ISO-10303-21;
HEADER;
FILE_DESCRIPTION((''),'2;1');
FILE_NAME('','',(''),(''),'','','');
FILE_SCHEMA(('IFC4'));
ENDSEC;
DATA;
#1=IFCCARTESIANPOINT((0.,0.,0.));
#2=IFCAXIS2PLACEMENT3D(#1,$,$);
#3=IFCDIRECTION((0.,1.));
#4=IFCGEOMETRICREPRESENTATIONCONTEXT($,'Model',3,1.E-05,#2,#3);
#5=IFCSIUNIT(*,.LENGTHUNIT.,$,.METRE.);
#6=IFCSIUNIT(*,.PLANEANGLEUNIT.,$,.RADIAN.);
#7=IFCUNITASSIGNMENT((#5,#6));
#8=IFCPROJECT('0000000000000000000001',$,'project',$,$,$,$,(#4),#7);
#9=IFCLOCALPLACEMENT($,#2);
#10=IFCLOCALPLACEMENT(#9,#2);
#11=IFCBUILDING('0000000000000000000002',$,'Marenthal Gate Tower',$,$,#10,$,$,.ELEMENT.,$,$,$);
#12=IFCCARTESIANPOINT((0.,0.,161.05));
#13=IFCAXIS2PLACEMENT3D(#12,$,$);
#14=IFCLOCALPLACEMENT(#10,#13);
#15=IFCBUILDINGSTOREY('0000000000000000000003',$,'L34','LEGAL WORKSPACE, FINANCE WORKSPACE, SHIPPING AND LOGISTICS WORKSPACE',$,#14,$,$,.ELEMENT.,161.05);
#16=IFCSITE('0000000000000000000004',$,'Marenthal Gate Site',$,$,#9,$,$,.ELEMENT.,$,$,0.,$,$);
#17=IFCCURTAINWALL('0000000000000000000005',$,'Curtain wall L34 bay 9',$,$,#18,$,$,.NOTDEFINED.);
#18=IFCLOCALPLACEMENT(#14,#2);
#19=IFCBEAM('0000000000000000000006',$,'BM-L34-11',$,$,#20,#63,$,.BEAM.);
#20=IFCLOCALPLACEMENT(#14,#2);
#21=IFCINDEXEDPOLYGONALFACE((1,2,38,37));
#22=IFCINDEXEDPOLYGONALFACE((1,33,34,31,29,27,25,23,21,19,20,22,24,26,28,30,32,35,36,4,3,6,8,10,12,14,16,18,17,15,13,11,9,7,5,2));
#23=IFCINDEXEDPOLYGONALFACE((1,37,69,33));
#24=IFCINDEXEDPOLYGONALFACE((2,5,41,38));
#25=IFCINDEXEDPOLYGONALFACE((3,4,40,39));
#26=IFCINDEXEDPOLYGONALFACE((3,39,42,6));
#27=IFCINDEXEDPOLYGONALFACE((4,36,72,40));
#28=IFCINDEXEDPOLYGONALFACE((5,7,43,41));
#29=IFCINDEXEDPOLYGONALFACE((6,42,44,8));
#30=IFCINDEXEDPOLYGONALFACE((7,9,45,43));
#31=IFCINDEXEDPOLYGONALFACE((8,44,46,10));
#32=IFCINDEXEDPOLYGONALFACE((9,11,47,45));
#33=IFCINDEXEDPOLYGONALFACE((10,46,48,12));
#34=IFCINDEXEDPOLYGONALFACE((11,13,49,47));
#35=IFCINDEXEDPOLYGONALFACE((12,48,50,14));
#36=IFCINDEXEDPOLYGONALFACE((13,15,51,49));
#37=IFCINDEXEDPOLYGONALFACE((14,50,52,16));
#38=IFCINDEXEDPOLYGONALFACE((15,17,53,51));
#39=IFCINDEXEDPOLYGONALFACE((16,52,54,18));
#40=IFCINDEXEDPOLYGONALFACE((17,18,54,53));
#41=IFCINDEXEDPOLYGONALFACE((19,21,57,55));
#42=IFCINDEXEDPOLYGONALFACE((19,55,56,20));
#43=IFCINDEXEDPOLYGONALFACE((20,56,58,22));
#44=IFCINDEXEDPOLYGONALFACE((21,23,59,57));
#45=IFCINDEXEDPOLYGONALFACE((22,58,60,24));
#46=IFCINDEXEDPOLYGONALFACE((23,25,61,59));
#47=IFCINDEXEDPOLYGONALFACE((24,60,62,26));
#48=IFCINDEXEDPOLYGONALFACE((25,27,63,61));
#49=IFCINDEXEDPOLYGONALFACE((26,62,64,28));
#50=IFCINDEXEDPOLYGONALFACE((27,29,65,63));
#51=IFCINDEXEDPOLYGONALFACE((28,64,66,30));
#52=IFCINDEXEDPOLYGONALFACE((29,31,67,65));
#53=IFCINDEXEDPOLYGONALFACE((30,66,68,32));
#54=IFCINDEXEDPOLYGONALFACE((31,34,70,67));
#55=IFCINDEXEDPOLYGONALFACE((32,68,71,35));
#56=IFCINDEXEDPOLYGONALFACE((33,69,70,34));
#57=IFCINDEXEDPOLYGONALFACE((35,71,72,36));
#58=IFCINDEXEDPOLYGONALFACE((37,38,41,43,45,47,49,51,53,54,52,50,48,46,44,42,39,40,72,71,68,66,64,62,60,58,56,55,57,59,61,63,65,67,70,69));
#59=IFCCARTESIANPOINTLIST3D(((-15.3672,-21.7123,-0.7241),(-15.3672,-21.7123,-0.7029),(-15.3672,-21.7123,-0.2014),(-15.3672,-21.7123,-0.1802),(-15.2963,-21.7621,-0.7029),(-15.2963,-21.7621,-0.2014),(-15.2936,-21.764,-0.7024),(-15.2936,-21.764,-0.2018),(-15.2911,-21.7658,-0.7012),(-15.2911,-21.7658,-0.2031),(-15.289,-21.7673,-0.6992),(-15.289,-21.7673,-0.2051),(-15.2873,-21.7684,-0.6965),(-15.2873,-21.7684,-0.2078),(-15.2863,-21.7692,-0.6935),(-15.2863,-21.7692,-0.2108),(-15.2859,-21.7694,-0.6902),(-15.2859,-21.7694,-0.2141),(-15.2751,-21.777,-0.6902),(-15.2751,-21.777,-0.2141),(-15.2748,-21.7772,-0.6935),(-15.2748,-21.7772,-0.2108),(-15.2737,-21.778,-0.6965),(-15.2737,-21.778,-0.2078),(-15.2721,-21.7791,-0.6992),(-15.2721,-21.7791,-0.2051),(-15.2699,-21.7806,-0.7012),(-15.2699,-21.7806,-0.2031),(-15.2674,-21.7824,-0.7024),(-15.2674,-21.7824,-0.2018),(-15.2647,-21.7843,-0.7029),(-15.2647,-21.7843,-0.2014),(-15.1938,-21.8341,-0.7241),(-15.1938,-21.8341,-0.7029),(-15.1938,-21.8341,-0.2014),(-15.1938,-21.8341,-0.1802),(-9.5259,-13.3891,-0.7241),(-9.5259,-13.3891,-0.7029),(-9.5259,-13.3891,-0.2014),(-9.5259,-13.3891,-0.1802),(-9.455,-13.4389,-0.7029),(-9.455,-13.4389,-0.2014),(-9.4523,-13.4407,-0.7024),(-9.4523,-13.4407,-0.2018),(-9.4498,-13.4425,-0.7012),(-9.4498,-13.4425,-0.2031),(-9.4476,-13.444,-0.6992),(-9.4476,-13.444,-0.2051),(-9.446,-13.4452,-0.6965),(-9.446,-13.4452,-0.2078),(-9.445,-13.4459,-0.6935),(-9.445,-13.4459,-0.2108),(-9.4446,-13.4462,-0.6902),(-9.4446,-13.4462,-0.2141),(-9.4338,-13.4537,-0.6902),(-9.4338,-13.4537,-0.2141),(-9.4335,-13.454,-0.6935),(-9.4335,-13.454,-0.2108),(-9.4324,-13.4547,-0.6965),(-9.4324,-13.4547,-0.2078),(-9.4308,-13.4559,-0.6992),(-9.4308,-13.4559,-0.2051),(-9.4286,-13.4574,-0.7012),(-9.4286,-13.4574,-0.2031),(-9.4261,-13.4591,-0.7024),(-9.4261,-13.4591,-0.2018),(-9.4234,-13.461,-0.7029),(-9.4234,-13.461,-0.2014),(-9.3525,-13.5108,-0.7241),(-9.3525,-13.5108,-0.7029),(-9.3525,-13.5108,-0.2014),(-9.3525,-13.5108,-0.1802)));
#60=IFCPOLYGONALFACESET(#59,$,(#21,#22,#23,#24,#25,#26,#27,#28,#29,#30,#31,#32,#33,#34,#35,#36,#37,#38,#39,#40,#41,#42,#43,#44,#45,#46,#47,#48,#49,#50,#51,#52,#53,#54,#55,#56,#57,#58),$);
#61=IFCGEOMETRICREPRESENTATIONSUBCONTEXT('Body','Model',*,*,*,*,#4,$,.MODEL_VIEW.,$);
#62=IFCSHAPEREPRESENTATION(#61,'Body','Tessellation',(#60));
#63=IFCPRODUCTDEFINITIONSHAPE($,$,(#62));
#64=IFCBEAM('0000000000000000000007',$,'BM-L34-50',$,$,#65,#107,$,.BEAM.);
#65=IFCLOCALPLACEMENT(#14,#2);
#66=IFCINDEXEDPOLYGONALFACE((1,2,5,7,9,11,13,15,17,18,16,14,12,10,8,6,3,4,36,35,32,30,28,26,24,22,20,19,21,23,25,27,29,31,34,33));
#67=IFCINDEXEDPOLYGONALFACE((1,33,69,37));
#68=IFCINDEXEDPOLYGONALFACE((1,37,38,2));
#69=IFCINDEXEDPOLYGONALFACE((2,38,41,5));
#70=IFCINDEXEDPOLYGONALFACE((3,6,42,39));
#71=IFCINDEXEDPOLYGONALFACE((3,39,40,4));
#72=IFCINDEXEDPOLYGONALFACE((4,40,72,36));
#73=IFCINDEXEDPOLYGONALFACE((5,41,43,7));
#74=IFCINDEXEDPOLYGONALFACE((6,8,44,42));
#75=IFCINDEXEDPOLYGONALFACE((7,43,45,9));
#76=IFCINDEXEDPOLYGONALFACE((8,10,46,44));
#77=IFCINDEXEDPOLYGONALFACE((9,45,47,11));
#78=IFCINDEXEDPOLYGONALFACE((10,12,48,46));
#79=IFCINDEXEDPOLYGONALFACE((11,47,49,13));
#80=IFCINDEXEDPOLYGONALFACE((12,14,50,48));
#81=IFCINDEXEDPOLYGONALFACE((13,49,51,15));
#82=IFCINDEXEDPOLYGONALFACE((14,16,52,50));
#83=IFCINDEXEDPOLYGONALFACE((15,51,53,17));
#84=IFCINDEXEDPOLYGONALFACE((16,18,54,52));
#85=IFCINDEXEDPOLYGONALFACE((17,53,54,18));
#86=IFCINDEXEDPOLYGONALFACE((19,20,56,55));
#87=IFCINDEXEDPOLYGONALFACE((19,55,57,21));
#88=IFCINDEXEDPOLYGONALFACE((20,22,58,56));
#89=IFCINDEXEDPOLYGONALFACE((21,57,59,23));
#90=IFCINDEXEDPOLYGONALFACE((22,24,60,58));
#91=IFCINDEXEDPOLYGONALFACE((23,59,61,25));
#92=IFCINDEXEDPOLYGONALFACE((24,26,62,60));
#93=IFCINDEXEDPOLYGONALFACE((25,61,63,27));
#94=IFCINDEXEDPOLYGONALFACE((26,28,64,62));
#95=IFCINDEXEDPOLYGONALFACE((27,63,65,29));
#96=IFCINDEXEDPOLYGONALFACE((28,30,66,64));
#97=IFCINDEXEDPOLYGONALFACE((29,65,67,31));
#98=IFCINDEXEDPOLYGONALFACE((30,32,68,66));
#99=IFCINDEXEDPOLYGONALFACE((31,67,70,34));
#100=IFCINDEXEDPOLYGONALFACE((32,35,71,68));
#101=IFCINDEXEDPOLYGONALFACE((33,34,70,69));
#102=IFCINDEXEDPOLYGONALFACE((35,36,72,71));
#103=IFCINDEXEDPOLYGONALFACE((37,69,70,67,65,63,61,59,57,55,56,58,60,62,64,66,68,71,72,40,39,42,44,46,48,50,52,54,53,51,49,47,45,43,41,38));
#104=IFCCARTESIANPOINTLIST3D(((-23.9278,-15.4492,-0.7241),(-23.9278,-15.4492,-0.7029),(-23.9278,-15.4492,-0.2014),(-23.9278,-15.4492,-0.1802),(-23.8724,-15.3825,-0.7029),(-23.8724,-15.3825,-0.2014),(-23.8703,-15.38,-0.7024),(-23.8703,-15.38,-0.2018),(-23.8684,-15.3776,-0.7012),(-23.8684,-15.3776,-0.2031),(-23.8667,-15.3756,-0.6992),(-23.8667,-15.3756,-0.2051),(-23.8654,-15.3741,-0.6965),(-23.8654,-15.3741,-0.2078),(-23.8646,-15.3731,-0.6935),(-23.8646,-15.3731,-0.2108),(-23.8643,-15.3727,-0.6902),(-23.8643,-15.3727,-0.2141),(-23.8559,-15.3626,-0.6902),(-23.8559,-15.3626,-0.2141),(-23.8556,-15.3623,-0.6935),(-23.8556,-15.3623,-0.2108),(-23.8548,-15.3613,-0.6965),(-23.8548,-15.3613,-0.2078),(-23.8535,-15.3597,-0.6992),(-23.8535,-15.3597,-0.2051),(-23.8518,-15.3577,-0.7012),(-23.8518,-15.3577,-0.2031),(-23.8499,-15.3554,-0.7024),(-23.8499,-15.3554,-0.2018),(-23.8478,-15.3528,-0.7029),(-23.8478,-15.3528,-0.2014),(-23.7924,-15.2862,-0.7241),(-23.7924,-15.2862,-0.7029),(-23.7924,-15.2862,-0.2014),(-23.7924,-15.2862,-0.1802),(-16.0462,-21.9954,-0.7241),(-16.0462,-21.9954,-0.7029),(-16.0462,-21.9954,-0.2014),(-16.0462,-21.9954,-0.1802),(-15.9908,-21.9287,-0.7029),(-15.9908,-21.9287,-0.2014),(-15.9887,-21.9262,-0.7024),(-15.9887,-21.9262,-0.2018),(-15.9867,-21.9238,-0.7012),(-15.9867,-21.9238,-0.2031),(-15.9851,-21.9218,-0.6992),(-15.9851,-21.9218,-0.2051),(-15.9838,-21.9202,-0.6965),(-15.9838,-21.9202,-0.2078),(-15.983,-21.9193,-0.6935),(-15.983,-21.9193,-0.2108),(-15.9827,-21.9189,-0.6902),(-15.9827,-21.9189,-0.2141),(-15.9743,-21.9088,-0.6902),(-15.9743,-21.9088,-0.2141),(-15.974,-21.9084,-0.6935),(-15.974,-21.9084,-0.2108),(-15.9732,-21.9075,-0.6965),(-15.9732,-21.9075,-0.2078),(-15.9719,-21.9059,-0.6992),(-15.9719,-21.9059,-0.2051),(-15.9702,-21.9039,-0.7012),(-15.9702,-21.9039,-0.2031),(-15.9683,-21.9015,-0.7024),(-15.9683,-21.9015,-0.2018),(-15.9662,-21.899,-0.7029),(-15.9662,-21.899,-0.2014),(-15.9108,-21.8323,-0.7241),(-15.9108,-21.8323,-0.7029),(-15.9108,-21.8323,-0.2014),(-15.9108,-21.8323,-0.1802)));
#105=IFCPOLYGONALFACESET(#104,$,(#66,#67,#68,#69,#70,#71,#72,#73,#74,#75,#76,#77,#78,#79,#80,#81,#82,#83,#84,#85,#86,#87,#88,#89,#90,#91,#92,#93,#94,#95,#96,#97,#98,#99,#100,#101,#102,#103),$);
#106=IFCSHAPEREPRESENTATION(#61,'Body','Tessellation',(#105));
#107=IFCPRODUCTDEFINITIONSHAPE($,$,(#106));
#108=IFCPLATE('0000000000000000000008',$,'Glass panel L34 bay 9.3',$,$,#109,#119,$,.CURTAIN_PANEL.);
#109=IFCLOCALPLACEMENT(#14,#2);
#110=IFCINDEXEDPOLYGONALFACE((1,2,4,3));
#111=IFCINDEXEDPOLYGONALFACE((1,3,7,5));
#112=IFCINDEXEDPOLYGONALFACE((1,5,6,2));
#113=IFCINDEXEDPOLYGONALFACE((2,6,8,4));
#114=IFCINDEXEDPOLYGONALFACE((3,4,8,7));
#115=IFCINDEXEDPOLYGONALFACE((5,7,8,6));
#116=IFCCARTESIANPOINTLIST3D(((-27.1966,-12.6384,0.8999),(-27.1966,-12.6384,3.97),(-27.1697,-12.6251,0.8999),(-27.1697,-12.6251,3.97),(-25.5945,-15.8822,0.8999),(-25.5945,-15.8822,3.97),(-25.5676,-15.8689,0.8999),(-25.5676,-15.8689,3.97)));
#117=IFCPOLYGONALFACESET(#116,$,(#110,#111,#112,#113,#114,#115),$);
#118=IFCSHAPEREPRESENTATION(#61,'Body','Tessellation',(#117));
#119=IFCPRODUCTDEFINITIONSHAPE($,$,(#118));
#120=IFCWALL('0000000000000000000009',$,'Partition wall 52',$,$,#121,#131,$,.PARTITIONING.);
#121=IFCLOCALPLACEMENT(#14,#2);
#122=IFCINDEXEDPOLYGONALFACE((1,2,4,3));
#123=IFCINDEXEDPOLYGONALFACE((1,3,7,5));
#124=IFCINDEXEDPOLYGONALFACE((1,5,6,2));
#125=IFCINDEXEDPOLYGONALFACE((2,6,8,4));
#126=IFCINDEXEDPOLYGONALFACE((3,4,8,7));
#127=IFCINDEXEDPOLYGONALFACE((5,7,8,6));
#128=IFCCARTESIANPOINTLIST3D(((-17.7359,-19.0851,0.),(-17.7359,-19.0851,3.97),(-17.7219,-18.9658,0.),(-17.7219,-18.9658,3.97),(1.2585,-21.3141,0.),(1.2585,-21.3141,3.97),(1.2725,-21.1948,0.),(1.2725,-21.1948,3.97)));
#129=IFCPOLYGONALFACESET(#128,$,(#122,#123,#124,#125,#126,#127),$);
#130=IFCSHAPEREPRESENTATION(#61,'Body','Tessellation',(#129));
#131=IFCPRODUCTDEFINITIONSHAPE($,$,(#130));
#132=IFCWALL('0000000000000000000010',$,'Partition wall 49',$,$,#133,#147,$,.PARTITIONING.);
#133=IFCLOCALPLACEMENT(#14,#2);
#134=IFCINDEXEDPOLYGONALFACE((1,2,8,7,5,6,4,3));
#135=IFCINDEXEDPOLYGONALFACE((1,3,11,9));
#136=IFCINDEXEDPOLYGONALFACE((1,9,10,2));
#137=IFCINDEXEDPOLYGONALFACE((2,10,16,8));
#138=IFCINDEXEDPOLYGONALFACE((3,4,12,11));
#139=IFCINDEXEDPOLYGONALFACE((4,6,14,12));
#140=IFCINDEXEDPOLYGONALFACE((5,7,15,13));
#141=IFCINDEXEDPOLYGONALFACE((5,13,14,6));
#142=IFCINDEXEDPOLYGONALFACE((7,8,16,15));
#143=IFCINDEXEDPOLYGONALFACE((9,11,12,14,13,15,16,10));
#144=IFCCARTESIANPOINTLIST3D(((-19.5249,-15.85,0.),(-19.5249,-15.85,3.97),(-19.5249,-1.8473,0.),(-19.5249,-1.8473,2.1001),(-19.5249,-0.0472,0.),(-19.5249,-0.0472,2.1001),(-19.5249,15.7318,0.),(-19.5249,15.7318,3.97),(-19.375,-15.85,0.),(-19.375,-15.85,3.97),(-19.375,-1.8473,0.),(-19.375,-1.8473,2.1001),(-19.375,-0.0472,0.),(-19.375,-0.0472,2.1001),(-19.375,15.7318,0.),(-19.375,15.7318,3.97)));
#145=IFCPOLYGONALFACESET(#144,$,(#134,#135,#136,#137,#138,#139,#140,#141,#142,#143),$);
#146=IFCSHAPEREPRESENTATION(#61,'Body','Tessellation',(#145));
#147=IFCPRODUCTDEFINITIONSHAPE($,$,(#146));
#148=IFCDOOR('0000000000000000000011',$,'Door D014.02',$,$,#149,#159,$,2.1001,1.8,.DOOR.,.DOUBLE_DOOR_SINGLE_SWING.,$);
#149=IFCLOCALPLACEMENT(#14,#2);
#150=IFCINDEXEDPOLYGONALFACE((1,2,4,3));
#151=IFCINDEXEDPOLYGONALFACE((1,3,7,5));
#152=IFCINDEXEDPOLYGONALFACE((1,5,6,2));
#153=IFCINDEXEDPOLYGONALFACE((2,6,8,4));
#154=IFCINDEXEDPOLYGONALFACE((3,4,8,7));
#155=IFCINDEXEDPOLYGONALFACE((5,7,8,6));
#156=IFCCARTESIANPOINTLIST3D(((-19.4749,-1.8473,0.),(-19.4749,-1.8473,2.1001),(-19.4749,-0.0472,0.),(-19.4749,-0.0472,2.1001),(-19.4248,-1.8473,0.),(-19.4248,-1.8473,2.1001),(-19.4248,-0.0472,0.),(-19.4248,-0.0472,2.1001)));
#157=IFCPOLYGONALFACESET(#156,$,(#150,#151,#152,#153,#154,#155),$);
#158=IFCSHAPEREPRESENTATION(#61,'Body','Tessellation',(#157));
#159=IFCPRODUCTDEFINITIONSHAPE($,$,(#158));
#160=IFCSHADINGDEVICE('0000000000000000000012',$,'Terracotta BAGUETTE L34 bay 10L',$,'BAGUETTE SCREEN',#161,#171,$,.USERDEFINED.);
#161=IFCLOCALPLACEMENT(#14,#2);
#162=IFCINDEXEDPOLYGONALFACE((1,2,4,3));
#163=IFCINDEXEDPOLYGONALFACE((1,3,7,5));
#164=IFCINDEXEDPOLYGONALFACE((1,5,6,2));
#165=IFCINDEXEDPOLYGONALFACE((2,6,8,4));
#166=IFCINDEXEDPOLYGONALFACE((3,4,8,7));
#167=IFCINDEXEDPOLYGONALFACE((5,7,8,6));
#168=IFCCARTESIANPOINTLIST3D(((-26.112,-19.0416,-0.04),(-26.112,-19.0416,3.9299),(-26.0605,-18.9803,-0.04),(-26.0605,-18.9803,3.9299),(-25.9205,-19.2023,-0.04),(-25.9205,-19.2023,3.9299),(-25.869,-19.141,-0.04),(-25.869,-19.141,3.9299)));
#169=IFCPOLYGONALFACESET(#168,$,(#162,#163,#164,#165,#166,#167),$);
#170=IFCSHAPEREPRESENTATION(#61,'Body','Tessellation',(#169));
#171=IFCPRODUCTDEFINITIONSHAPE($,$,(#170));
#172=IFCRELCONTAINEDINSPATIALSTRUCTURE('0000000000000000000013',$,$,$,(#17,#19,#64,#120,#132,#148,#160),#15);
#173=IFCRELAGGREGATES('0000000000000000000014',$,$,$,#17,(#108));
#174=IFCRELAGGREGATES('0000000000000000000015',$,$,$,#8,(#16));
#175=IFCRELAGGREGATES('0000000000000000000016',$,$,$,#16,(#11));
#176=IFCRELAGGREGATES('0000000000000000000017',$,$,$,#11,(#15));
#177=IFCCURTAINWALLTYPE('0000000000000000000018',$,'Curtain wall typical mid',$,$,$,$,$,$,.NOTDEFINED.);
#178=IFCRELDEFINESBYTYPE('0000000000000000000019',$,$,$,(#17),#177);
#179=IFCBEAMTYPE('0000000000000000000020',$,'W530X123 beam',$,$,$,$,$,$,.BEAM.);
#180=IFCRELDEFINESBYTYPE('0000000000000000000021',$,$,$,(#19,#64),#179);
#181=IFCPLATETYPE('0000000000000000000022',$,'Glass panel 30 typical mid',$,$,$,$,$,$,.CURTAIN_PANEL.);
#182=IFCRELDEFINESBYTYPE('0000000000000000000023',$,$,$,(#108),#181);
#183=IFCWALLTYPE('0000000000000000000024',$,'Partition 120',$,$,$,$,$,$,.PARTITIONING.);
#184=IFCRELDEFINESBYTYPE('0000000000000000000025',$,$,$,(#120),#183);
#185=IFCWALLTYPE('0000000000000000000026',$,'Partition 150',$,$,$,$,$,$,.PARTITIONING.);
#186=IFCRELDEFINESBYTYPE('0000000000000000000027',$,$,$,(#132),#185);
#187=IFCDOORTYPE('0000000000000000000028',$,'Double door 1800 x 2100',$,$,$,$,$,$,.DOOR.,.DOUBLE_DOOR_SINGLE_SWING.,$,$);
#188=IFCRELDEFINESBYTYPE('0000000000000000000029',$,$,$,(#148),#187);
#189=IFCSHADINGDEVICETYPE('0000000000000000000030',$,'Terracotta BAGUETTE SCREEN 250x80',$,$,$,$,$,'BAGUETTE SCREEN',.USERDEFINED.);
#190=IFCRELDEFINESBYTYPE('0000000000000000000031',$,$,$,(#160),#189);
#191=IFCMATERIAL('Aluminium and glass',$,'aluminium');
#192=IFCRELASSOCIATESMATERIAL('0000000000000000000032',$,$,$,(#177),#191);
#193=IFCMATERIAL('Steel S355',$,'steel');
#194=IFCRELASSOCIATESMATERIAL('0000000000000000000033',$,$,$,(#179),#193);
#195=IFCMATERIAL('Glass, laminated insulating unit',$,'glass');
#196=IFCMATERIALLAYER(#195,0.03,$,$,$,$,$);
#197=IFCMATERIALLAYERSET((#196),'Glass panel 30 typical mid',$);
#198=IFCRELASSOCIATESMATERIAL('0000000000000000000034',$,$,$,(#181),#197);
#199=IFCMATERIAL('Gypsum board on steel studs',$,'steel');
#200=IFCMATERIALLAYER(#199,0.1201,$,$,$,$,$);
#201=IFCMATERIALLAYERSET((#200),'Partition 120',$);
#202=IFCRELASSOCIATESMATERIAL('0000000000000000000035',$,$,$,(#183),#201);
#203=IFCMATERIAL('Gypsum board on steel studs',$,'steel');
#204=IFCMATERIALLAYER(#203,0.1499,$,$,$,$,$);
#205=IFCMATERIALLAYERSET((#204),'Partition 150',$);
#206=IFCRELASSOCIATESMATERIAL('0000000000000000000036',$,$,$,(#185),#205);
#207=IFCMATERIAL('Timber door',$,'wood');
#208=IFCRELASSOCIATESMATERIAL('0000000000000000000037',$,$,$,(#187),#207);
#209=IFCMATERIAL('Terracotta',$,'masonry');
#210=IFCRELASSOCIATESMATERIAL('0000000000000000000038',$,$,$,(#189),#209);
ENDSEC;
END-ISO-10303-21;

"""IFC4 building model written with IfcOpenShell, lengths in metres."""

from ifc_helpers import new_model, si_unit, direction, frame, frame_2d, origin, origin_2d, place, context, subcontext, project, spatial, rectangle, i_section, extrude, material, layer, layer_set, material_profile, profile_set, type_object, element, fill, aggregate, save


model = new_model("IFC4")

# Units and contexts
model_context = context("Model", 3, precision=1e-05, world=origin(), true_north=direction((0.0, 1.0)))
body_context = subcontext(model_context, "Body", "Model", "MODEL_VIEW")
ifc_project = project(units=[si_unit("LENGTHUNIT", "METRE"), si_unit("PLANEANGLEUNIT", "RADIAN")], contexts=[model_context])

# Site, building, storey
site_placement = place(None, origin())
site = spatial("IfcSite", under=ifc_project, at=site_placement, Name="Marenthal Gate Site", CompositionType="ELEMENT", RefElevation=0.0)
building_placement = place(site_placement, origin())
building = spatial("IfcBuilding", under=site, at=building_placement, Name="Marenthal Gate Tower", CompositionType="ELEMENT")
storey_placement = place(building_placement, frame((0.0, 0.0, 161.05)))
storey = spatial("IfcBuildingStorey", under=building, at=storey_placement, Name="L34", Description="LEGAL WORKSPACE, FINANCE WORKSPACE, SHIPPING AND LOGISTICS WORKSPACE", CompositionType="ELEMENT", Elevation=161.05)

# Curtain wall
ifc_material_1 = material(Name="Aluminium and glass", Category="aluminium")
curtain_wall_type = type_object("IfcCurtainWallType", Name="Curtain wall typical mid", PredefinedType="NOTDEFINED", material=ifc_material_1)
curtain_wall_1_placement = place(storey_placement, origin())
curtain_wall_1 = element("IfcCurtainWall", 1, at=curtain_wall_1_placement, inside=storey, type_object=curtain_wall_type, Name="Curtain wall L34 bay 9", PredefinedType="NOTDEFINED")

# Beams
ifc_material_2 = material(Name="Steel S355", Category="steel")
ifc_material_profile_1 = material_profile(ifc_material_2, i_section(OverallWidth=0.2119, OverallDepth=0.5439, WebThickness=0.0132, FlangeThickness=0.0212, FilletRadius=0.0127, at=origin_2d()), Name="W530X123")
ifc_profile_set_1 = profile_set([ifc_material_profile_1], Name="Steel S355")
beam_type_1 = type_object("IfcBeamType", Name="W530X123 beam", PredefinedType="BEAM", material=ifc_profile_set_1)
beam_1_placement = place(storey_placement, frame((-15.2805, -21.7732, -0.4521), z_axis=(0.574455, 0.818536, 0.0), x_axis=(-0.818536, 0.574455, 0.0)))
element("IfcBeam", 2, at=beam_1_placement, inside=storey, type_object=beam_type_1, Name="BM-L34-11", PredefinedType="BEAM", context=body_context, shape_type="SweptSolid", body=[
    extrude(i_section(OverallWidth=0.2119, OverallDepth=0.5439, WebThickness=0.0132, FlangeThickness=0.0212, FilletRadius=0.0127, at=origin_2d()), origin(), (0.0, 0.0, 1.0), 10.1685),
])
beam_2_placement = place(storey_placement, frame((-23.8601, -15.3677, -0.4521), z_axis=(0.769269, -0.638925, 0.0), x_axis=(0.638925, 0.769269, 0.0)))
element("IfcBeam", 3, at=beam_2_placement, inside=storey, type_object=beam_type_1, Name="BM-L34-50", PredefinedType="BEAM", context=body_context, shape_type="SweptSolid", body=[
    extrude(i_section(OverallWidth=0.2119, OverallDepth=0.5439, WebThickness=0.0132, FlangeThickness=0.0212, FilletRadius=0.0127, at=origin_2d()), origin(), (0.0, 0.0, 1.0), 10.2456),
])

# Plate
ifc_material_3 = material(Name="Glass, laminated insulating unit", Category="glass")
ifc_layer_1 = layer(ifc_material_3, 0.03)
ifc_layer_set_1 = layer_set([ifc_layer_1], Name="Glass panel 30 typical mid")
plate_type = type_object("IfcPlateType", Name="Glass panel 30 typical mid", PredefinedType="CURTAIN_PANEL", material=ifc_layer_set_1)
plate_placement = place(storey_placement, frame((-26.3821, -14.2537, 0.8999), z_axis=(0.0, 0.0, 1.0), x_axis=(0.442824, -0.896609, 0.0)))
plate = element("IfcPlate", 4, at=plate_placement, type_object=plate_type, Name="Glass panel L34 bay 9.3", PredefinedType="CURTAIN_PANEL", context=body_context, shape_type="SweptSolid", body=[
    extrude(rectangle(XDim=3.6179, YDim=0.03, at=origin_2d()), origin(), (0.0, 0.0, 1.0), 3.0701),
])
aggregate(curtain_wall_1, [plate])

# Wall
ifc_material_4 = material(Name="Gypsum board on steel studs", Category="steel")
ifc_layer_2 = layer(ifc_material_4, 0.1201)
ifc_layer_set_2 = layer_set([ifc_layer_2], Name="Partition 120")
wall_type_1 = type_object("IfcWallType", Name="Partition 120", PredefinedType="PARTITIONING", material=ifc_layer_set_2)
wall_1_placement = place(storey_placement, frame((-17.729, -19.0254, 0.0), z_axis=(0.0, 0.0, 1.0), x_axis=(0.993185, -0.116551, 0.0)))
element("IfcWall", 5, at=wall_1_placement, inside=storey, type_object=wall_type_1, Name="Partition wall 52", PredefinedType="PARTITIONING", context=body_context, shape_type="SweptSolid", body=[
    extrude(rectangle(XDim=19.1248, YDim=0.1201, at=frame_2d((9.5625, 0.0))), origin(), (0.0, 0.0, 1.0), 3.97),
])

# Wall, opening, door
ifc_material_5 = material(Name="Gypsum board on steel studs", Category="steel")
ifc_layer_3 = layer(ifc_material_5, 0.1499)
ifc_layer_set_3 = layer_set([ifc_layer_3], Name="Partition 150")
wall_type_2 = type_object("IfcWallType", Name="Partition 150", PredefinedType="PARTITIONING", material=ifc_layer_set_3)
wall_2_placement = place(storey_placement, frame((-19.45, -15.8501, 0.0), z_axis=(0.0, 0.0, 1.0), x_axis=(0.0, 1.0, 0.0)))
wall_2 = element("IfcWall", 6, at=wall_2_placement, inside=storey, type_object=wall_type_2, Name="Partition wall 49", PredefinedType="PARTITIONING", context=body_context, shape_type="SweptSolid", body=[
    extrude(rectangle(XDim=31.5818, YDim=0.1499, at=frame_2d((15.791, 0.0))), origin(), (0.0, 0.0, 1.0), 3.97),
])
opening_1_placement = place(wall_2_placement, frame((14.0029, 0.0, 0.0)))
opening_1 = element("IfcOpeningElement", 7, at=opening_1_placement, cuts=wall_2, PredefinedType="OPENING", context=body_context, shape_type="SweptSolid", body=[
    extrude(rectangle(XDim=1.8, YDim=2.1001, at=frame_2d((0.8999, 1.05))), frame((0.0, 0.085, 0.0), z_axis=(0.0, -1.0, 0.0), x_axis=(1.0, 0.0, 0.0)), (0.0, 0.0, 1.0), 0.1699),
])
ifc_material_6 = material(Name="Timber door", Category="wood")
door_type_1 = type_object("IfcDoorType", Name="Double door 1800 x 2100", OperationType="DOUBLE_DOOR_SINGLE_SWING", PredefinedType="DOOR", material=ifc_material_6)
door_1_placement = place(opening_1_placement, origin())
door_1 = element("IfcDoor", 8, at=door_1_placement, inside=storey, type_object=door_type_1, Name="Door D014.02", OperationType="DOUBLE_DOOR_SINGLE_SWING", OverallHeight=2.1001, OverallWidth=1.8, PredefinedType="DOOR", context=body_context, shape_type="SweptSolid", body=[
    extrude(rectangle(XDim=1.8, YDim=2.1001, at=frame_2d((0.8999, 1.05))), frame((0.0, 0.0249, 0.0), z_axis=(0.0, -1.0, 0.0), x_axis=(1.0, 0.0, 0.0)), (0.0, 0.0, 1.0), 0.05),
])
fill(opening_1, door_1)

# Shading device
ifc_material_7 = material(Name="Terracotta", Category="masonry")
ifc_material_profile_2 = material_profile(ifc_material_7, rectangle(XDim=0.25, YDim=0.0801, at=origin_2d()), Name="Terracotta baguette 250x80")
ifc_profile_set_2 = profile_set([ifc_material_profile_2], Name="Terracotta")
shading_device_type = type_object("IfcShadingDeviceType", Name="Terracotta BAGUETTE SCREEN 250x80", ElementType="BAGUETTE SCREEN", PredefinedType="USERDEFINED", material=ifc_profile_set_2)
shading_device_placement = place(storey_placement, frame((-25.9905, -19.0913, -0.04), z_axis=(0.0, 0.0, 1.0), x_axis=(0.765921, -0.642935, 0.0)))
element("IfcShadingDevice", 9, at=shading_device_placement, inside=storey, type_object=shading_device_type, Name="Terracotta BAGUETTE L34 bay 10L", ObjectType="BAGUETTE SCREEN", PredefinedType="USERDEFINED", context=body_context, shape_type="SweptSolid", body=[
    extrude(rectangle(XDim=0.25, YDim=0.0801, at=origin_2d()), origin(), (0.0, 0.0, 1.0), 3.97),
])

save(model, "model.ifc")
